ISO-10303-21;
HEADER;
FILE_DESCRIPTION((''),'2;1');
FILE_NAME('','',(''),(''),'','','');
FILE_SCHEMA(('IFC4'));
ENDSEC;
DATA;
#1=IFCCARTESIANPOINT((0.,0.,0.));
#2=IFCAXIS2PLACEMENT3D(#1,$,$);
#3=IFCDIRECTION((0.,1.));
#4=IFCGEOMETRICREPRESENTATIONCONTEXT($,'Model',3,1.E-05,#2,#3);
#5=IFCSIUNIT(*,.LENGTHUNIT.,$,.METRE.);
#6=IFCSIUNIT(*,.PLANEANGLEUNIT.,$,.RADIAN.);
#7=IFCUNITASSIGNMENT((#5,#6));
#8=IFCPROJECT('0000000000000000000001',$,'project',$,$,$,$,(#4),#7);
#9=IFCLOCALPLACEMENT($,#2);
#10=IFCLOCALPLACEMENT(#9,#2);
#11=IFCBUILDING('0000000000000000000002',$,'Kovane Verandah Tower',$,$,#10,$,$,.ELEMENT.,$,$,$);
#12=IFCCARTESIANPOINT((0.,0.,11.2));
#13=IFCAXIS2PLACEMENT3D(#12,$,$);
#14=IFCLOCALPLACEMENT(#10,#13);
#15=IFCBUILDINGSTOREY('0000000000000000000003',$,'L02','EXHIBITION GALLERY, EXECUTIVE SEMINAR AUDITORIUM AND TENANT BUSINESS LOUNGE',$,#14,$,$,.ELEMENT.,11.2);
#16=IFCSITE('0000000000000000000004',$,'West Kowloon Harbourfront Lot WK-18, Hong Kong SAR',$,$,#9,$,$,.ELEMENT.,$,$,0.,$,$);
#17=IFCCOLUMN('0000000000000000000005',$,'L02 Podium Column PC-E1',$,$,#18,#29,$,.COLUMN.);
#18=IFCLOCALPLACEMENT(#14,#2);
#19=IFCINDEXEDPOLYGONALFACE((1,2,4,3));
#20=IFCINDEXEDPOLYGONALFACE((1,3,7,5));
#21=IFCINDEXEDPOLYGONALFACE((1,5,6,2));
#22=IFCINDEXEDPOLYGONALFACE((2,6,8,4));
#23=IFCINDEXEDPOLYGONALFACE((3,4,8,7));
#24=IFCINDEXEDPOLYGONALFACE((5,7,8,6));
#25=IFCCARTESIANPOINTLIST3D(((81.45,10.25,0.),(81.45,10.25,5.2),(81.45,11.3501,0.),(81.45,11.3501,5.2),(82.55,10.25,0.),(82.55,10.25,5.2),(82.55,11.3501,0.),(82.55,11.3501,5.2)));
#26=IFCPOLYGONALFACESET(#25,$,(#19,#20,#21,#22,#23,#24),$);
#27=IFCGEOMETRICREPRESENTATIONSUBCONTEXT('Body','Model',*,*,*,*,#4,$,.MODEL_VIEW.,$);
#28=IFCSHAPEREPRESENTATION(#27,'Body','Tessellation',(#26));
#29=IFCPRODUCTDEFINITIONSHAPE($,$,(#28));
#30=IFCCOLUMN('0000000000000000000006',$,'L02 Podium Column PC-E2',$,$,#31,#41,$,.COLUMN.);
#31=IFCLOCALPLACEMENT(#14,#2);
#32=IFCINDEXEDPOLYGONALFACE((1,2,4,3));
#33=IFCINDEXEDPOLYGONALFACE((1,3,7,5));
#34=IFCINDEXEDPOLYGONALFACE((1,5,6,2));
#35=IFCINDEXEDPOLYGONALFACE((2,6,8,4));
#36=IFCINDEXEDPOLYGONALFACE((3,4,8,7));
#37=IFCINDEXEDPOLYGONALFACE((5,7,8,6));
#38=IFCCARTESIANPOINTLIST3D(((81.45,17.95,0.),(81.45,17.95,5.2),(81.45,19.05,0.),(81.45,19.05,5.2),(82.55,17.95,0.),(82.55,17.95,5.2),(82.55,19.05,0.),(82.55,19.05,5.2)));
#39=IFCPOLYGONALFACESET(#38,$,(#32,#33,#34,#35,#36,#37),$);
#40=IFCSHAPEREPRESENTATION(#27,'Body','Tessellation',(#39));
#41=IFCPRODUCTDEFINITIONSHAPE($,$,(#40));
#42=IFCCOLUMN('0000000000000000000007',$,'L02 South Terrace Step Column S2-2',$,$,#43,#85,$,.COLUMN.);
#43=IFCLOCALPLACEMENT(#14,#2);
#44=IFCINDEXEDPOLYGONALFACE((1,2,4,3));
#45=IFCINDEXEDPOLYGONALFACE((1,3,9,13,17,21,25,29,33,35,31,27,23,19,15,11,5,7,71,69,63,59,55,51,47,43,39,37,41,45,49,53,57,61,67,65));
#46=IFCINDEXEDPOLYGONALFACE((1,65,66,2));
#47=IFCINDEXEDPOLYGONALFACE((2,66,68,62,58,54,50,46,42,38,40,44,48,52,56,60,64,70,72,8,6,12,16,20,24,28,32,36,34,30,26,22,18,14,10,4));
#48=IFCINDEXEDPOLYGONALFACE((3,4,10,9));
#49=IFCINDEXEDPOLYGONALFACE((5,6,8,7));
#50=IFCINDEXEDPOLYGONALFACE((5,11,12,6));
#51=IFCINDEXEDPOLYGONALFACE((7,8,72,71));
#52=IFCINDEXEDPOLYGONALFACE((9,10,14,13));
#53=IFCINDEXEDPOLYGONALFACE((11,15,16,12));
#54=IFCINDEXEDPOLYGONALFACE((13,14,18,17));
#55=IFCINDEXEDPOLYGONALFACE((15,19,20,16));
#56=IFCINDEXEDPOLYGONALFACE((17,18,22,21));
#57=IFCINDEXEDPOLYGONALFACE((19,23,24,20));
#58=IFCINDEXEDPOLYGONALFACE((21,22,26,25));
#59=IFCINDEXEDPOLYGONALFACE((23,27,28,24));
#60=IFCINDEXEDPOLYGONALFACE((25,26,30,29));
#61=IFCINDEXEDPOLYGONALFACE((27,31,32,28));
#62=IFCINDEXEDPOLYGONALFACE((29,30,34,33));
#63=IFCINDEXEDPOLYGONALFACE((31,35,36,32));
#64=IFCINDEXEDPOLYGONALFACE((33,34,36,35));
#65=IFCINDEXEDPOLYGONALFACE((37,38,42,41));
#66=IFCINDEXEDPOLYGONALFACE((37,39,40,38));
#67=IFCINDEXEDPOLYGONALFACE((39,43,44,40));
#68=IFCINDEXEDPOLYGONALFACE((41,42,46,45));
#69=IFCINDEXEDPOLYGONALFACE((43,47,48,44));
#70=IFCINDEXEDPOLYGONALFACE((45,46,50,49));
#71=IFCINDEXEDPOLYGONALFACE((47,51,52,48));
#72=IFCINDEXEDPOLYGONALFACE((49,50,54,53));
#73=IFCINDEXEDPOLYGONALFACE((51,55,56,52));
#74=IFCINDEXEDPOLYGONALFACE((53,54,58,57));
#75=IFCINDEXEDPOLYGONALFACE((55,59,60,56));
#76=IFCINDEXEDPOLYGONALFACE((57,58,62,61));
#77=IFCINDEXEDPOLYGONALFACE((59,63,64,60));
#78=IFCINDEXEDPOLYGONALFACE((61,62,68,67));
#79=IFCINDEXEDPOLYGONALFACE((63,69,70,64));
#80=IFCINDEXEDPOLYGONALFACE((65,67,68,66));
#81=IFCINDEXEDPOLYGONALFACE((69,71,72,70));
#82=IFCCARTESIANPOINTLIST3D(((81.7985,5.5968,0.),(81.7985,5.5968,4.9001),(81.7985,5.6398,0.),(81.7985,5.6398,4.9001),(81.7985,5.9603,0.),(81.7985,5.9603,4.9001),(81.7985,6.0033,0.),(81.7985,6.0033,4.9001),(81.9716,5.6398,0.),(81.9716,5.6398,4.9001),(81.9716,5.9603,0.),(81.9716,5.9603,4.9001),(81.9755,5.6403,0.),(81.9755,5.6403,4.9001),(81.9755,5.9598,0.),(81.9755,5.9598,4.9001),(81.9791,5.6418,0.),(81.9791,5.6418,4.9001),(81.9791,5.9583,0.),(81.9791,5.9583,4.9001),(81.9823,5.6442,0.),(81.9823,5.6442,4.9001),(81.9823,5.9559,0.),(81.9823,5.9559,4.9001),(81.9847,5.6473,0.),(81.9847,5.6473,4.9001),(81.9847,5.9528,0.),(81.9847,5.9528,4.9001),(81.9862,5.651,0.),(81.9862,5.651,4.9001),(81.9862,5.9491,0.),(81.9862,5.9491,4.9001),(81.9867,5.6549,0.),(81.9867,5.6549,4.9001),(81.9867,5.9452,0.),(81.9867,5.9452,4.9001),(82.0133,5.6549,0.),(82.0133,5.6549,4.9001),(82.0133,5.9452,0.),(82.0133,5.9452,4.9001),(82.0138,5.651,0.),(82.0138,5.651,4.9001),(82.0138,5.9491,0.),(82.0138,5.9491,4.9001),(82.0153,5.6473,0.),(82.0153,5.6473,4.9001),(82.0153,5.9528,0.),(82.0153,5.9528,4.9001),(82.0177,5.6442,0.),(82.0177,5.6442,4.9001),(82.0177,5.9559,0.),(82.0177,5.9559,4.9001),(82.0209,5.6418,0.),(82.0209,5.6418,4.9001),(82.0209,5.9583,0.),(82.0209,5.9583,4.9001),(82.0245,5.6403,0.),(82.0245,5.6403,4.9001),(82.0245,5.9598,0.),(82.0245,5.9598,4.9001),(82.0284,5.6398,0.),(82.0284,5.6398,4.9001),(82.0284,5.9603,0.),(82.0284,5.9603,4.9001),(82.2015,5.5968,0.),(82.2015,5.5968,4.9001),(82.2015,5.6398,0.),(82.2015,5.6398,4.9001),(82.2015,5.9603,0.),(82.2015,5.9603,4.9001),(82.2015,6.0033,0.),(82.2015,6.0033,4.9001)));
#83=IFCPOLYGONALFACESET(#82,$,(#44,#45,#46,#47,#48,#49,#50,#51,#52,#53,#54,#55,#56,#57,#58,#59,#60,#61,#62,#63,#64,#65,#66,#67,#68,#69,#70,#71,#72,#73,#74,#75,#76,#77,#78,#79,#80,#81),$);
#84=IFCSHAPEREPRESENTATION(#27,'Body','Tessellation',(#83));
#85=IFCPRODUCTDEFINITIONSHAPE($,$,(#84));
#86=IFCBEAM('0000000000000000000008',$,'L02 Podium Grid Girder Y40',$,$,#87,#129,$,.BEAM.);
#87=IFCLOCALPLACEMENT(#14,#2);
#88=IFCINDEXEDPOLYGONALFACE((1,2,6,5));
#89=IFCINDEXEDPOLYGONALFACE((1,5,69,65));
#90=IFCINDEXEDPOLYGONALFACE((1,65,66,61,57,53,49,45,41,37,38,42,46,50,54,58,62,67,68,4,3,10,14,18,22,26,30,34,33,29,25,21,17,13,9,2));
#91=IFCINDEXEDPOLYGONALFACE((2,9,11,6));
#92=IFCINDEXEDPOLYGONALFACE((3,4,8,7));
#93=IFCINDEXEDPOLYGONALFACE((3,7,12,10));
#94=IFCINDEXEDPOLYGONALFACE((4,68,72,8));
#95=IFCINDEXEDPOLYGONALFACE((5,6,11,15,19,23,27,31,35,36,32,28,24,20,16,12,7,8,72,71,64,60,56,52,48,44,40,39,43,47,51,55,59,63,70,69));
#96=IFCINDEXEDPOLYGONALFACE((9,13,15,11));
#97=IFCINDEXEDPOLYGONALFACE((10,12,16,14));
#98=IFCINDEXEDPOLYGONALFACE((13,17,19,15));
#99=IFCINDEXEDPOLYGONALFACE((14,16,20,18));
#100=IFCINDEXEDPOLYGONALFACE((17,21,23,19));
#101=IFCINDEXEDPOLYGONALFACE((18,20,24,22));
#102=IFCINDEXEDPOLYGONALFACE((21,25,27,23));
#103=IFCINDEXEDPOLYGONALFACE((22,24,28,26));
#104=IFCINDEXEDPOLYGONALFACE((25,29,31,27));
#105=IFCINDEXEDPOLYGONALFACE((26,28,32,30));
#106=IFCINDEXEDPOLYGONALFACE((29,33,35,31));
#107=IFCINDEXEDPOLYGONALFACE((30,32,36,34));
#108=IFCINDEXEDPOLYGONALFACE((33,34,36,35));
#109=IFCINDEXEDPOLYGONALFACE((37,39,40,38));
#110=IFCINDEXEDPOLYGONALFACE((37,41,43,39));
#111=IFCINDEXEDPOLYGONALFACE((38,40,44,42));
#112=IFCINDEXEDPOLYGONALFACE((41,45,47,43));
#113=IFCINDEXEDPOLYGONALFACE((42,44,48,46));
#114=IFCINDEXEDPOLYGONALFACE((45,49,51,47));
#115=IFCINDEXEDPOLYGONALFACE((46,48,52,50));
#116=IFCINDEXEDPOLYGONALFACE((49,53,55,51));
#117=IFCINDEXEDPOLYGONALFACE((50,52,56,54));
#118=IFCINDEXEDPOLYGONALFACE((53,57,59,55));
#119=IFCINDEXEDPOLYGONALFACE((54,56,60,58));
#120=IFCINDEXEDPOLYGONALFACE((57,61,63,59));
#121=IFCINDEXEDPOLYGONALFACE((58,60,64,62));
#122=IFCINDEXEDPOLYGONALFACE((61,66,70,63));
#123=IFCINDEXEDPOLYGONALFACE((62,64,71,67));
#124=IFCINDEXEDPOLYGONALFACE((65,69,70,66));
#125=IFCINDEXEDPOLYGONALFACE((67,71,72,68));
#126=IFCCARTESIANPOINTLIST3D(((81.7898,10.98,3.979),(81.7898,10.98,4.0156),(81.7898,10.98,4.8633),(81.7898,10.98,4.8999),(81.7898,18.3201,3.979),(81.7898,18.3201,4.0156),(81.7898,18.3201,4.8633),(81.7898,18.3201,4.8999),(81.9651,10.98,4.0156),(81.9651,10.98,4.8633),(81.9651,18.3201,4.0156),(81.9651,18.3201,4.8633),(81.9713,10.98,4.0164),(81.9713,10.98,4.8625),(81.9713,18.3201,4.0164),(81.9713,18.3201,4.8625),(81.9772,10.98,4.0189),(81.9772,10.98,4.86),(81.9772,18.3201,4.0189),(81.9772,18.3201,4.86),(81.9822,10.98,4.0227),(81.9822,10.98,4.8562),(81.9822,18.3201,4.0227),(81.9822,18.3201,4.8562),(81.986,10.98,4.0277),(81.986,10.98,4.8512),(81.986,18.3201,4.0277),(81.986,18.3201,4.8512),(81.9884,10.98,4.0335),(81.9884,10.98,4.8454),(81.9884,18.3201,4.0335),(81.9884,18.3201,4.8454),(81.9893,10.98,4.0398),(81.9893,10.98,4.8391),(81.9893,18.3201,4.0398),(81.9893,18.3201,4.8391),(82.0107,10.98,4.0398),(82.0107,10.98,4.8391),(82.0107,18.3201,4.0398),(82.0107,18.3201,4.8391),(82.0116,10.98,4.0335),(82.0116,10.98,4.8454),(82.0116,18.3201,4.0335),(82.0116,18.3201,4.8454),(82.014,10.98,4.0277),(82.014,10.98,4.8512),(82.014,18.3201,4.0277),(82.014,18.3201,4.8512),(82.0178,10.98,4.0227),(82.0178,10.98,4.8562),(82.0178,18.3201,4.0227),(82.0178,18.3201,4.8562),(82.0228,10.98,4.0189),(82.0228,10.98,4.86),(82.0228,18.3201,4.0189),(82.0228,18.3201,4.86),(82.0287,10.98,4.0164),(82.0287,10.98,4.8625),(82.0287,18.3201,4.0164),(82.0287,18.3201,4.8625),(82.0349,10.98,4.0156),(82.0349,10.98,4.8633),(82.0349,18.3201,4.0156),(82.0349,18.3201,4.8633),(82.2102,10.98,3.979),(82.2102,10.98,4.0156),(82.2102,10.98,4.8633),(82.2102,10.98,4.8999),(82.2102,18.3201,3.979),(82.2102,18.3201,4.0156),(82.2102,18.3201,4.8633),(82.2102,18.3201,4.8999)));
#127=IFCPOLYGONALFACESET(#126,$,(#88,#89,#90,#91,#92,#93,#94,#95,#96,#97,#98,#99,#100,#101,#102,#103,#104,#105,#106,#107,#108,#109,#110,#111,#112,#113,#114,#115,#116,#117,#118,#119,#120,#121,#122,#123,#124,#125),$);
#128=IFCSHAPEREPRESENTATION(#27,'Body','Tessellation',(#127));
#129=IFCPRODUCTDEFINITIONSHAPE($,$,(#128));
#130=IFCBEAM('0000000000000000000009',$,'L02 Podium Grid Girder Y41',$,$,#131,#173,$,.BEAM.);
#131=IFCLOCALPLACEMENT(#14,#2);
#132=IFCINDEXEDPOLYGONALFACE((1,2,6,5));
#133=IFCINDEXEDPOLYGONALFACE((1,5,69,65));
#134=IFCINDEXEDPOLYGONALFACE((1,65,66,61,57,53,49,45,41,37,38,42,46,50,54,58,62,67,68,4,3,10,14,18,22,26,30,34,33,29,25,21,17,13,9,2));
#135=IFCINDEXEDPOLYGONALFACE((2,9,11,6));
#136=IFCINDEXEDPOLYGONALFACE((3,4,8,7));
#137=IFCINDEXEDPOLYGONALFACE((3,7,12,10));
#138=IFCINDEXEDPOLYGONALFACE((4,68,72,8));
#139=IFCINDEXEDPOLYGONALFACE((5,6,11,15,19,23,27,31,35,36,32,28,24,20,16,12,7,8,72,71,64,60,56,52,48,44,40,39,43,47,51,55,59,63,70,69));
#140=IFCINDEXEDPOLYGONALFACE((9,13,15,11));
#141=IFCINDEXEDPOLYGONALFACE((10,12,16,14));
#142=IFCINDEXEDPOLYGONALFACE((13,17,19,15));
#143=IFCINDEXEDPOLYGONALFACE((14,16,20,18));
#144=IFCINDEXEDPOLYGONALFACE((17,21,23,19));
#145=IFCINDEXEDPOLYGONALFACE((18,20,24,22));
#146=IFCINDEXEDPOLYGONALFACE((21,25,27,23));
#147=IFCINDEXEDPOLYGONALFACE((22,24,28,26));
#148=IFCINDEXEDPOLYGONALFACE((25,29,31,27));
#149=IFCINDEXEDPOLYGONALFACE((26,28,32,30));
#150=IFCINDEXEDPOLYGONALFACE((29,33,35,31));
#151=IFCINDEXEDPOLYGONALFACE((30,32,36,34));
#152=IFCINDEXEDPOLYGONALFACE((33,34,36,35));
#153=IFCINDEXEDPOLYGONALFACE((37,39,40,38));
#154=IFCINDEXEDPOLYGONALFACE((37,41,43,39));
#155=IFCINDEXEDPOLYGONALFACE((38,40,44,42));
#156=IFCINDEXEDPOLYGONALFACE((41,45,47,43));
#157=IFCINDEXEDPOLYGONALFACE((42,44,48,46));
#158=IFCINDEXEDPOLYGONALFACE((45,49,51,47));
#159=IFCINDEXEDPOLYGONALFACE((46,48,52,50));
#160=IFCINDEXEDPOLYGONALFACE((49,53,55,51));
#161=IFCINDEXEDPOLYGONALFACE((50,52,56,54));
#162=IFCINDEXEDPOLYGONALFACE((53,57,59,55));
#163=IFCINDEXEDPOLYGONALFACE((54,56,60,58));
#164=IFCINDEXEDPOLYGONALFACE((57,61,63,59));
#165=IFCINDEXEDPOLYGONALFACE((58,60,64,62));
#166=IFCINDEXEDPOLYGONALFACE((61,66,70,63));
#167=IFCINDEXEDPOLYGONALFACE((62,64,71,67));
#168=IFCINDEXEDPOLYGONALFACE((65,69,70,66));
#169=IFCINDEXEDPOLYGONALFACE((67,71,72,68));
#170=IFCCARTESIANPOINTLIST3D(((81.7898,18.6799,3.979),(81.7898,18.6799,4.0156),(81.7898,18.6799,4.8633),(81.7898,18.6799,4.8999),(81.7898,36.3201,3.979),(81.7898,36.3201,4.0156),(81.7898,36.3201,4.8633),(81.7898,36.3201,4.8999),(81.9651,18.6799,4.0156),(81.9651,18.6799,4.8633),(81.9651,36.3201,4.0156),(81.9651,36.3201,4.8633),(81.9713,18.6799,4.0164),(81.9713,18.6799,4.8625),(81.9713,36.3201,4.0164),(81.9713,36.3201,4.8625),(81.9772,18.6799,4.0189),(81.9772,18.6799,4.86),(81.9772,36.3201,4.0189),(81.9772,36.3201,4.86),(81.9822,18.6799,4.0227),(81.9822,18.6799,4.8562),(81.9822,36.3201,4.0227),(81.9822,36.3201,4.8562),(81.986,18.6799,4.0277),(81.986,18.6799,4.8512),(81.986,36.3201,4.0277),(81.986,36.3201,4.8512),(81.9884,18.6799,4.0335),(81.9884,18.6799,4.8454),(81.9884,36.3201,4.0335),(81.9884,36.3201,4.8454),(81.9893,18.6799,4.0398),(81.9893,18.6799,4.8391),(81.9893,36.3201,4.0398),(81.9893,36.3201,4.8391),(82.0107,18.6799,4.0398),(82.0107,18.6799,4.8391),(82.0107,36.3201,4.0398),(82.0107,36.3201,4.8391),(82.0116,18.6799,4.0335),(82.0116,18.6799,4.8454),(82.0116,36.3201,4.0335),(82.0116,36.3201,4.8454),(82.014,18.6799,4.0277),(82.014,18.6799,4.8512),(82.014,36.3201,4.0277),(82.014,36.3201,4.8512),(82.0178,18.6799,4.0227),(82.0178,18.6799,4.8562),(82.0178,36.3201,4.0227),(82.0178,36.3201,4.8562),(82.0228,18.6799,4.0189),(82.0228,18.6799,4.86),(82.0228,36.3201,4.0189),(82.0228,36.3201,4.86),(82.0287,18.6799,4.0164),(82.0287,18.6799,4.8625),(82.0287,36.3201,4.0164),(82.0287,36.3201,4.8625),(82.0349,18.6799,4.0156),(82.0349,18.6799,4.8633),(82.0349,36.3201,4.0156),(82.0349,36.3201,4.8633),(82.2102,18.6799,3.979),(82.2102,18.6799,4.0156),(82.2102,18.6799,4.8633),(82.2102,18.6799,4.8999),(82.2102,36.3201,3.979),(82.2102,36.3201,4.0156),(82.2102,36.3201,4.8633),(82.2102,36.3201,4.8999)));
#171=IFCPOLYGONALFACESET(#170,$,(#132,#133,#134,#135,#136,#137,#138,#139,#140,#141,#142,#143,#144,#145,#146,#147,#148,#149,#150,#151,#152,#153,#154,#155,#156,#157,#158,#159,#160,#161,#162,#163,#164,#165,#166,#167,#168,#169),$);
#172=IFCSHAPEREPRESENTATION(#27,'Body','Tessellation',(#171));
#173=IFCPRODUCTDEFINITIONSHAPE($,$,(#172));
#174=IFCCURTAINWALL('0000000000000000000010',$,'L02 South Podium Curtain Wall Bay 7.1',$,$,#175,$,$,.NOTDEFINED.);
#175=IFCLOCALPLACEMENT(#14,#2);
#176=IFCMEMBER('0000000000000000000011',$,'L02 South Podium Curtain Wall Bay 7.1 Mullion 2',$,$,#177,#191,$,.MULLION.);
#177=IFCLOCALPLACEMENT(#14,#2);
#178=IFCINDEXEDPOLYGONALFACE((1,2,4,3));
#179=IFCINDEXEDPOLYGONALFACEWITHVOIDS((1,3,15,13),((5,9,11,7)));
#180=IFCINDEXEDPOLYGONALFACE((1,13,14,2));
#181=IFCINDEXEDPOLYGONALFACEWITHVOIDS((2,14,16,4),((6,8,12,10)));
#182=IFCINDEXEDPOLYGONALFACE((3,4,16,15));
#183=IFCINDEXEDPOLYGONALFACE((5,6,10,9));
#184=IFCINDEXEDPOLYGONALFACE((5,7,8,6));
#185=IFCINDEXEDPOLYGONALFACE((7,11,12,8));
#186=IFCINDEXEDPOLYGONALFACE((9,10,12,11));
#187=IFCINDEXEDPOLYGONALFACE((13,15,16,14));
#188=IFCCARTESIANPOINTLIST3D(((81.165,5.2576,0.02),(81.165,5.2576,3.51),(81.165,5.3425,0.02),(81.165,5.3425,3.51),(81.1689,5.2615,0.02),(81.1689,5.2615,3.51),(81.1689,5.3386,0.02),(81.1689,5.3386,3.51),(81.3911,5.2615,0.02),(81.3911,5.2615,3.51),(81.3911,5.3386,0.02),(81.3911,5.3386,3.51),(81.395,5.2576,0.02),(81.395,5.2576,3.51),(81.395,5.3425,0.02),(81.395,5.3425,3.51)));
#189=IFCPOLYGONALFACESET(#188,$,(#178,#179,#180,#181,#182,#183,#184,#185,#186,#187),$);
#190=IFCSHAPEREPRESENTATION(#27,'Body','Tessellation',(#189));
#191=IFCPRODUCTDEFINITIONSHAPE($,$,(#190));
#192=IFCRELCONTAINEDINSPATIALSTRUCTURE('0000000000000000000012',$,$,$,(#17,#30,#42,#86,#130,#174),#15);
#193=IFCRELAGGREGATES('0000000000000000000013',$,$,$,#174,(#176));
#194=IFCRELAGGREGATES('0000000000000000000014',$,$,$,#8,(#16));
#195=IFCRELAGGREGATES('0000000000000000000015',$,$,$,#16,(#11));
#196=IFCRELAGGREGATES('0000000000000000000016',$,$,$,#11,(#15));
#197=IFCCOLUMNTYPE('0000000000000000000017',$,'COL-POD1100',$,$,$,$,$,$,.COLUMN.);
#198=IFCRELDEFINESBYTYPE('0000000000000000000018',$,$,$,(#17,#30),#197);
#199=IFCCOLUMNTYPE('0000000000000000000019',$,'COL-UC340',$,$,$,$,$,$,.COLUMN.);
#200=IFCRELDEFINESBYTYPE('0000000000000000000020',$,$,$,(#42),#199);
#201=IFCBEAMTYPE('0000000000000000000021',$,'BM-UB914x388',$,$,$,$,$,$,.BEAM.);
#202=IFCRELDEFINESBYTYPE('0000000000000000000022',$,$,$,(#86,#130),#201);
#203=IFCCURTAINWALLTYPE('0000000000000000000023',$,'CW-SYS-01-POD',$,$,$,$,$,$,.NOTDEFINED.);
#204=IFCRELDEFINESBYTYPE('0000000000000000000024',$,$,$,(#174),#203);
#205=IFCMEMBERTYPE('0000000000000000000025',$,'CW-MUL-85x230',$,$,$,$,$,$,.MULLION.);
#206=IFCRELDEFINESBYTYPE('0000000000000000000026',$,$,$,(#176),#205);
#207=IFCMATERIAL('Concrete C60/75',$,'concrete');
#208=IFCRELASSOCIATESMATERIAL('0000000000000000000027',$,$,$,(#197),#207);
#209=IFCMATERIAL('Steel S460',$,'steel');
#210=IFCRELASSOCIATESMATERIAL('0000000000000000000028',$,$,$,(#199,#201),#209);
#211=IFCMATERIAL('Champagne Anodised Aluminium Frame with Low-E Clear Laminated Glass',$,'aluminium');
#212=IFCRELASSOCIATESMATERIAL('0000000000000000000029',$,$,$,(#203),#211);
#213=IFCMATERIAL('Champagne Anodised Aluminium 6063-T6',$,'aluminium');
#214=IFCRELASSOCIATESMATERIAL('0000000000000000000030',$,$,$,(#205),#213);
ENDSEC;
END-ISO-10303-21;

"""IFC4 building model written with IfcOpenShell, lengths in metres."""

from ifc_helpers import new_model, si_unit, direction, frame, origin, origin_2d, place, context, subcontext, project, spatial, rectangle, hollow_rectangle, i_section, extrude, material, material_profile, profile_set, type_object, element, aggregate, save


model = new_model("IFC4")

# Units and contexts
model_context = context("Model", 3, precision=1e-05, world=origin(), true_north=direction((0.0, 1.0)))
body_context = subcontext(model_context, "Body", "Model", "MODEL_VIEW")
ifc_project = project(units=[si_unit("LENGTHUNIT", "METRE"), si_unit("PLANEANGLEUNIT", "RADIAN")], contexts=[model_context])

# Site, building, storey
site_placement = place(None, origin())
site = spatial("IfcSite", under=ifc_project, at=site_placement, Name="West Kowloon Harbourfront Lot WK-18, Hong Kong SAR", CompositionType="ELEMENT", RefElevation=0.0)
building_placement = place(site_placement, origin())
building = spatial("IfcBuilding", under=site, at=building_placement, Name="Kovane Verandah Tower", CompositionType="ELEMENT")
storey_placement = place(building_placement, frame((0.0, 0.0, 11.2)))
storey = spatial("IfcBuildingStorey", under=building, at=storey_placement, Name="L02", Description="EXHIBITION GALLERY, EXECUTIVE SEMINAR AUDITORIUM AND TENANT BUSINESS LOUNGE", CompositionType="ELEMENT", Elevation=11.2)

# Columns
ifc_material_1 = material(Name="Concrete C60/75", Category="concrete")
ifc_material_profile_1 = material_profile(ifc_material_1, rectangle(XDim=1.1001, YDim=1.1001, at=origin_2d()), Name="RC1100x1100")
ifc_profile_set_1 = profile_set([ifc_material_profile_1], Name="Concrete C60/75")
column_type_1 = type_object("IfcColumnType", Name="COL-POD1100", PredefinedType="COLUMN", material=ifc_profile_set_1)
for number, where, z_axis, x_axis, name in (
    (1, (82.0, 10.8, 0.0), (0.0, 0.0, 1.0), (1.0, 0.0, 0.0), "L02 Podium Column PC-E1"),
    (2, (82.0, 18.5, 0.0), (0.0, 0.0, 1.0), (1.0, 0.0, 0.0), "L02 Podium Column PC-E2"),
):
    element("IfcColumn", number, at=place(storey_placement, frame(where, z_axis=z_axis, x_axis=x_axis)), inside=storey, type_object=column_type_1, Name=name, PredefinedType="COLUMN", context=body_context, shape_type="SweptSolid", body=[
        extrude(rectangle(XDim=1.1001, YDim=1.1001, at=origin_2d()), origin(), (0.0, 0.0, 1.0), 5.2),
    ])
ifc_material_2 = material(Name="Steel S460", Category="steel")
ifc_material_profile_2 = material_profile(ifc_material_2, i_section(OverallWidth=0.4031, OverallDepth=0.4065, WebThickness=0.0266, FlangeThickness=0.043, FilletRadius=0.0151, at=origin_2d()), Name="UC356x406x340")
ifc_profile_set_2 = profile_set([ifc_material_profile_2], Name="Steel S460")
column_type_2 = type_object("IfcColumnType", Name="COL-UC340", PredefinedType="COLUMN", material=ifc_profile_set_2)
column_placement = place(storey_placement, frame((82.0, 5.8, 0.0), z_axis=(0.0, 0.0, 1.0), x_axis=(1.0, 0.0, 0.0)))
element("IfcColumn", 3, at=column_placement, inside=storey, type_object=column_type_2, Name="L02 South Terrace Step Column S2-2", PredefinedType="COLUMN", context=body_context, shape_type="SweptSolid", body=[
    extrude(i_section(OverallWidth=0.4031, OverallDepth=0.4065, WebThickness=0.0266, FlangeThickness=0.043, FilletRadius=0.0151, at=origin_2d()), origin(), (0.0, 0.0, 1.0), 4.9001),
])

# Beams
ifc_material_profile_3 = material_profile(ifc_material_2, i_section(OverallWidth=0.4204, OverallDepth=0.9209, WebThickness=0.0215, FlangeThickness=0.0366, FilletRadius=0.0242, at=origin_2d()), Name="UB914x419x388")
ifc_profile_set_3 = profile_set([ifc_material_profile_3], Name="Steel S460")
beam_type = type_object("IfcBeamType", Name="BM-UB914x388", PredefinedType="BEAM", material=ifc_profile_set_3)
beam_1_placement = place(storey_placement, frame((82.0, 10.98, 4.4395), z_axis=(0.0, 1.0, 0.0), x_axis=(-1.0, 0.0, 0.0)))
element("IfcBeam", 4, at=beam_1_placement, inside=storey, type_object=beam_type, Name="L02 Podium Grid Girder Y40", PredefinedType="BEAM", context=body_context, shape_type="SweptSolid", body=[
    extrude(i_section(OverallWidth=0.4204, OverallDepth=0.9209, WebThickness=0.0215, FlangeThickness=0.0366, FilletRadius=0.0242, at=origin_2d()), origin(), (0.0, 0.0, 1.0), 7.3401),
])
beam_2_placement = place(storey_placement, frame((82.0, 18.6799, 4.4395), z_axis=(0.0, 1.0, 0.0), x_axis=(-1.0, 0.0, 0.0)))
element("IfcBeam", 5, at=beam_2_placement, inside=storey, type_object=beam_type, Name="L02 Podium Grid Girder Y41", PredefinedType="BEAM", context=body_context, shape_type="SweptSolid", body=[
    extrude(i_section(OverallWidth=0.4204, OverallDepth=0.9209, WebThickness=0.0215, FlangeThickness=0.0366, FilletRadius=0.0242, at=origin_2d()), origin(), (0.0, 0.0, 1.0), 17.6401),
])

# Curtain wall, member
ifc_material_3 = material(Name="Champagne Anodised Aluminium Frame with Low-E Clear Laminated Glass", Category="aluminium")
curtain_wall_type = type_object("IfcCurtainWallType", Name="CW-SYS-01-POD", PredefinedType="NOTDEFINED", material=ifc_material_3)
curtain_wall_1_placement = place(storey_placement, origin())
curtain_wall_1 = element("IfcCurtainWall", 6, at=curtain_wall_1_placement, inside=storey, type_object=curtain_wall_type, Name="L02 South Podium Curtain Wall Bay 7.1", PredefinedType="NOTDEFINED")
ifc_material_4 = material(Name="Champagne Anodised Aluminium 6063-T6", Category="aluminium")
ifc_material_profile_4 = material_profile(ifc_material_4, hollow_rectangle(XDim=0.085, YDim=0.23, WallThickness=0.0039, at=origin_2d()), Name="AL85x230x4")
ifc_profile_set_4 = profile_set([ifc_material_profile_4], Name="Champagne Anodised Aluminium 6063-T6")
member_type_1 = type_object("IfcMemberType", Name="CW-MUL-85x230", PredefinedType="MULLION", material=ifc_profile_set_4)
member_1_placement = place(storey_placement, frame((81.28, 5.3, 0.02), z_axis=(0.0, 0.0, 1.0), x_axis=(0.0, -1.0, 0.0)))
member_1 = element("IfcMember", 7, at=member_1_placement, type_object=member_type_1, Name="L02 South Podium Curtain Wall Bay 7.1 Mullion 2", PredefinedType="MULLION", context=body_context, shape_type="SweptSolid", body=[
    extrude(hollow_rectangle(XDim=0.085, YDim=0.23, WallThickness=0.0039, at=origin_2d()), origin(), (0.0, 0.0, 1.0), 3.49),
])

aggregate(curtain_wall_1, [member_1])

save(model, "model.ifc")
